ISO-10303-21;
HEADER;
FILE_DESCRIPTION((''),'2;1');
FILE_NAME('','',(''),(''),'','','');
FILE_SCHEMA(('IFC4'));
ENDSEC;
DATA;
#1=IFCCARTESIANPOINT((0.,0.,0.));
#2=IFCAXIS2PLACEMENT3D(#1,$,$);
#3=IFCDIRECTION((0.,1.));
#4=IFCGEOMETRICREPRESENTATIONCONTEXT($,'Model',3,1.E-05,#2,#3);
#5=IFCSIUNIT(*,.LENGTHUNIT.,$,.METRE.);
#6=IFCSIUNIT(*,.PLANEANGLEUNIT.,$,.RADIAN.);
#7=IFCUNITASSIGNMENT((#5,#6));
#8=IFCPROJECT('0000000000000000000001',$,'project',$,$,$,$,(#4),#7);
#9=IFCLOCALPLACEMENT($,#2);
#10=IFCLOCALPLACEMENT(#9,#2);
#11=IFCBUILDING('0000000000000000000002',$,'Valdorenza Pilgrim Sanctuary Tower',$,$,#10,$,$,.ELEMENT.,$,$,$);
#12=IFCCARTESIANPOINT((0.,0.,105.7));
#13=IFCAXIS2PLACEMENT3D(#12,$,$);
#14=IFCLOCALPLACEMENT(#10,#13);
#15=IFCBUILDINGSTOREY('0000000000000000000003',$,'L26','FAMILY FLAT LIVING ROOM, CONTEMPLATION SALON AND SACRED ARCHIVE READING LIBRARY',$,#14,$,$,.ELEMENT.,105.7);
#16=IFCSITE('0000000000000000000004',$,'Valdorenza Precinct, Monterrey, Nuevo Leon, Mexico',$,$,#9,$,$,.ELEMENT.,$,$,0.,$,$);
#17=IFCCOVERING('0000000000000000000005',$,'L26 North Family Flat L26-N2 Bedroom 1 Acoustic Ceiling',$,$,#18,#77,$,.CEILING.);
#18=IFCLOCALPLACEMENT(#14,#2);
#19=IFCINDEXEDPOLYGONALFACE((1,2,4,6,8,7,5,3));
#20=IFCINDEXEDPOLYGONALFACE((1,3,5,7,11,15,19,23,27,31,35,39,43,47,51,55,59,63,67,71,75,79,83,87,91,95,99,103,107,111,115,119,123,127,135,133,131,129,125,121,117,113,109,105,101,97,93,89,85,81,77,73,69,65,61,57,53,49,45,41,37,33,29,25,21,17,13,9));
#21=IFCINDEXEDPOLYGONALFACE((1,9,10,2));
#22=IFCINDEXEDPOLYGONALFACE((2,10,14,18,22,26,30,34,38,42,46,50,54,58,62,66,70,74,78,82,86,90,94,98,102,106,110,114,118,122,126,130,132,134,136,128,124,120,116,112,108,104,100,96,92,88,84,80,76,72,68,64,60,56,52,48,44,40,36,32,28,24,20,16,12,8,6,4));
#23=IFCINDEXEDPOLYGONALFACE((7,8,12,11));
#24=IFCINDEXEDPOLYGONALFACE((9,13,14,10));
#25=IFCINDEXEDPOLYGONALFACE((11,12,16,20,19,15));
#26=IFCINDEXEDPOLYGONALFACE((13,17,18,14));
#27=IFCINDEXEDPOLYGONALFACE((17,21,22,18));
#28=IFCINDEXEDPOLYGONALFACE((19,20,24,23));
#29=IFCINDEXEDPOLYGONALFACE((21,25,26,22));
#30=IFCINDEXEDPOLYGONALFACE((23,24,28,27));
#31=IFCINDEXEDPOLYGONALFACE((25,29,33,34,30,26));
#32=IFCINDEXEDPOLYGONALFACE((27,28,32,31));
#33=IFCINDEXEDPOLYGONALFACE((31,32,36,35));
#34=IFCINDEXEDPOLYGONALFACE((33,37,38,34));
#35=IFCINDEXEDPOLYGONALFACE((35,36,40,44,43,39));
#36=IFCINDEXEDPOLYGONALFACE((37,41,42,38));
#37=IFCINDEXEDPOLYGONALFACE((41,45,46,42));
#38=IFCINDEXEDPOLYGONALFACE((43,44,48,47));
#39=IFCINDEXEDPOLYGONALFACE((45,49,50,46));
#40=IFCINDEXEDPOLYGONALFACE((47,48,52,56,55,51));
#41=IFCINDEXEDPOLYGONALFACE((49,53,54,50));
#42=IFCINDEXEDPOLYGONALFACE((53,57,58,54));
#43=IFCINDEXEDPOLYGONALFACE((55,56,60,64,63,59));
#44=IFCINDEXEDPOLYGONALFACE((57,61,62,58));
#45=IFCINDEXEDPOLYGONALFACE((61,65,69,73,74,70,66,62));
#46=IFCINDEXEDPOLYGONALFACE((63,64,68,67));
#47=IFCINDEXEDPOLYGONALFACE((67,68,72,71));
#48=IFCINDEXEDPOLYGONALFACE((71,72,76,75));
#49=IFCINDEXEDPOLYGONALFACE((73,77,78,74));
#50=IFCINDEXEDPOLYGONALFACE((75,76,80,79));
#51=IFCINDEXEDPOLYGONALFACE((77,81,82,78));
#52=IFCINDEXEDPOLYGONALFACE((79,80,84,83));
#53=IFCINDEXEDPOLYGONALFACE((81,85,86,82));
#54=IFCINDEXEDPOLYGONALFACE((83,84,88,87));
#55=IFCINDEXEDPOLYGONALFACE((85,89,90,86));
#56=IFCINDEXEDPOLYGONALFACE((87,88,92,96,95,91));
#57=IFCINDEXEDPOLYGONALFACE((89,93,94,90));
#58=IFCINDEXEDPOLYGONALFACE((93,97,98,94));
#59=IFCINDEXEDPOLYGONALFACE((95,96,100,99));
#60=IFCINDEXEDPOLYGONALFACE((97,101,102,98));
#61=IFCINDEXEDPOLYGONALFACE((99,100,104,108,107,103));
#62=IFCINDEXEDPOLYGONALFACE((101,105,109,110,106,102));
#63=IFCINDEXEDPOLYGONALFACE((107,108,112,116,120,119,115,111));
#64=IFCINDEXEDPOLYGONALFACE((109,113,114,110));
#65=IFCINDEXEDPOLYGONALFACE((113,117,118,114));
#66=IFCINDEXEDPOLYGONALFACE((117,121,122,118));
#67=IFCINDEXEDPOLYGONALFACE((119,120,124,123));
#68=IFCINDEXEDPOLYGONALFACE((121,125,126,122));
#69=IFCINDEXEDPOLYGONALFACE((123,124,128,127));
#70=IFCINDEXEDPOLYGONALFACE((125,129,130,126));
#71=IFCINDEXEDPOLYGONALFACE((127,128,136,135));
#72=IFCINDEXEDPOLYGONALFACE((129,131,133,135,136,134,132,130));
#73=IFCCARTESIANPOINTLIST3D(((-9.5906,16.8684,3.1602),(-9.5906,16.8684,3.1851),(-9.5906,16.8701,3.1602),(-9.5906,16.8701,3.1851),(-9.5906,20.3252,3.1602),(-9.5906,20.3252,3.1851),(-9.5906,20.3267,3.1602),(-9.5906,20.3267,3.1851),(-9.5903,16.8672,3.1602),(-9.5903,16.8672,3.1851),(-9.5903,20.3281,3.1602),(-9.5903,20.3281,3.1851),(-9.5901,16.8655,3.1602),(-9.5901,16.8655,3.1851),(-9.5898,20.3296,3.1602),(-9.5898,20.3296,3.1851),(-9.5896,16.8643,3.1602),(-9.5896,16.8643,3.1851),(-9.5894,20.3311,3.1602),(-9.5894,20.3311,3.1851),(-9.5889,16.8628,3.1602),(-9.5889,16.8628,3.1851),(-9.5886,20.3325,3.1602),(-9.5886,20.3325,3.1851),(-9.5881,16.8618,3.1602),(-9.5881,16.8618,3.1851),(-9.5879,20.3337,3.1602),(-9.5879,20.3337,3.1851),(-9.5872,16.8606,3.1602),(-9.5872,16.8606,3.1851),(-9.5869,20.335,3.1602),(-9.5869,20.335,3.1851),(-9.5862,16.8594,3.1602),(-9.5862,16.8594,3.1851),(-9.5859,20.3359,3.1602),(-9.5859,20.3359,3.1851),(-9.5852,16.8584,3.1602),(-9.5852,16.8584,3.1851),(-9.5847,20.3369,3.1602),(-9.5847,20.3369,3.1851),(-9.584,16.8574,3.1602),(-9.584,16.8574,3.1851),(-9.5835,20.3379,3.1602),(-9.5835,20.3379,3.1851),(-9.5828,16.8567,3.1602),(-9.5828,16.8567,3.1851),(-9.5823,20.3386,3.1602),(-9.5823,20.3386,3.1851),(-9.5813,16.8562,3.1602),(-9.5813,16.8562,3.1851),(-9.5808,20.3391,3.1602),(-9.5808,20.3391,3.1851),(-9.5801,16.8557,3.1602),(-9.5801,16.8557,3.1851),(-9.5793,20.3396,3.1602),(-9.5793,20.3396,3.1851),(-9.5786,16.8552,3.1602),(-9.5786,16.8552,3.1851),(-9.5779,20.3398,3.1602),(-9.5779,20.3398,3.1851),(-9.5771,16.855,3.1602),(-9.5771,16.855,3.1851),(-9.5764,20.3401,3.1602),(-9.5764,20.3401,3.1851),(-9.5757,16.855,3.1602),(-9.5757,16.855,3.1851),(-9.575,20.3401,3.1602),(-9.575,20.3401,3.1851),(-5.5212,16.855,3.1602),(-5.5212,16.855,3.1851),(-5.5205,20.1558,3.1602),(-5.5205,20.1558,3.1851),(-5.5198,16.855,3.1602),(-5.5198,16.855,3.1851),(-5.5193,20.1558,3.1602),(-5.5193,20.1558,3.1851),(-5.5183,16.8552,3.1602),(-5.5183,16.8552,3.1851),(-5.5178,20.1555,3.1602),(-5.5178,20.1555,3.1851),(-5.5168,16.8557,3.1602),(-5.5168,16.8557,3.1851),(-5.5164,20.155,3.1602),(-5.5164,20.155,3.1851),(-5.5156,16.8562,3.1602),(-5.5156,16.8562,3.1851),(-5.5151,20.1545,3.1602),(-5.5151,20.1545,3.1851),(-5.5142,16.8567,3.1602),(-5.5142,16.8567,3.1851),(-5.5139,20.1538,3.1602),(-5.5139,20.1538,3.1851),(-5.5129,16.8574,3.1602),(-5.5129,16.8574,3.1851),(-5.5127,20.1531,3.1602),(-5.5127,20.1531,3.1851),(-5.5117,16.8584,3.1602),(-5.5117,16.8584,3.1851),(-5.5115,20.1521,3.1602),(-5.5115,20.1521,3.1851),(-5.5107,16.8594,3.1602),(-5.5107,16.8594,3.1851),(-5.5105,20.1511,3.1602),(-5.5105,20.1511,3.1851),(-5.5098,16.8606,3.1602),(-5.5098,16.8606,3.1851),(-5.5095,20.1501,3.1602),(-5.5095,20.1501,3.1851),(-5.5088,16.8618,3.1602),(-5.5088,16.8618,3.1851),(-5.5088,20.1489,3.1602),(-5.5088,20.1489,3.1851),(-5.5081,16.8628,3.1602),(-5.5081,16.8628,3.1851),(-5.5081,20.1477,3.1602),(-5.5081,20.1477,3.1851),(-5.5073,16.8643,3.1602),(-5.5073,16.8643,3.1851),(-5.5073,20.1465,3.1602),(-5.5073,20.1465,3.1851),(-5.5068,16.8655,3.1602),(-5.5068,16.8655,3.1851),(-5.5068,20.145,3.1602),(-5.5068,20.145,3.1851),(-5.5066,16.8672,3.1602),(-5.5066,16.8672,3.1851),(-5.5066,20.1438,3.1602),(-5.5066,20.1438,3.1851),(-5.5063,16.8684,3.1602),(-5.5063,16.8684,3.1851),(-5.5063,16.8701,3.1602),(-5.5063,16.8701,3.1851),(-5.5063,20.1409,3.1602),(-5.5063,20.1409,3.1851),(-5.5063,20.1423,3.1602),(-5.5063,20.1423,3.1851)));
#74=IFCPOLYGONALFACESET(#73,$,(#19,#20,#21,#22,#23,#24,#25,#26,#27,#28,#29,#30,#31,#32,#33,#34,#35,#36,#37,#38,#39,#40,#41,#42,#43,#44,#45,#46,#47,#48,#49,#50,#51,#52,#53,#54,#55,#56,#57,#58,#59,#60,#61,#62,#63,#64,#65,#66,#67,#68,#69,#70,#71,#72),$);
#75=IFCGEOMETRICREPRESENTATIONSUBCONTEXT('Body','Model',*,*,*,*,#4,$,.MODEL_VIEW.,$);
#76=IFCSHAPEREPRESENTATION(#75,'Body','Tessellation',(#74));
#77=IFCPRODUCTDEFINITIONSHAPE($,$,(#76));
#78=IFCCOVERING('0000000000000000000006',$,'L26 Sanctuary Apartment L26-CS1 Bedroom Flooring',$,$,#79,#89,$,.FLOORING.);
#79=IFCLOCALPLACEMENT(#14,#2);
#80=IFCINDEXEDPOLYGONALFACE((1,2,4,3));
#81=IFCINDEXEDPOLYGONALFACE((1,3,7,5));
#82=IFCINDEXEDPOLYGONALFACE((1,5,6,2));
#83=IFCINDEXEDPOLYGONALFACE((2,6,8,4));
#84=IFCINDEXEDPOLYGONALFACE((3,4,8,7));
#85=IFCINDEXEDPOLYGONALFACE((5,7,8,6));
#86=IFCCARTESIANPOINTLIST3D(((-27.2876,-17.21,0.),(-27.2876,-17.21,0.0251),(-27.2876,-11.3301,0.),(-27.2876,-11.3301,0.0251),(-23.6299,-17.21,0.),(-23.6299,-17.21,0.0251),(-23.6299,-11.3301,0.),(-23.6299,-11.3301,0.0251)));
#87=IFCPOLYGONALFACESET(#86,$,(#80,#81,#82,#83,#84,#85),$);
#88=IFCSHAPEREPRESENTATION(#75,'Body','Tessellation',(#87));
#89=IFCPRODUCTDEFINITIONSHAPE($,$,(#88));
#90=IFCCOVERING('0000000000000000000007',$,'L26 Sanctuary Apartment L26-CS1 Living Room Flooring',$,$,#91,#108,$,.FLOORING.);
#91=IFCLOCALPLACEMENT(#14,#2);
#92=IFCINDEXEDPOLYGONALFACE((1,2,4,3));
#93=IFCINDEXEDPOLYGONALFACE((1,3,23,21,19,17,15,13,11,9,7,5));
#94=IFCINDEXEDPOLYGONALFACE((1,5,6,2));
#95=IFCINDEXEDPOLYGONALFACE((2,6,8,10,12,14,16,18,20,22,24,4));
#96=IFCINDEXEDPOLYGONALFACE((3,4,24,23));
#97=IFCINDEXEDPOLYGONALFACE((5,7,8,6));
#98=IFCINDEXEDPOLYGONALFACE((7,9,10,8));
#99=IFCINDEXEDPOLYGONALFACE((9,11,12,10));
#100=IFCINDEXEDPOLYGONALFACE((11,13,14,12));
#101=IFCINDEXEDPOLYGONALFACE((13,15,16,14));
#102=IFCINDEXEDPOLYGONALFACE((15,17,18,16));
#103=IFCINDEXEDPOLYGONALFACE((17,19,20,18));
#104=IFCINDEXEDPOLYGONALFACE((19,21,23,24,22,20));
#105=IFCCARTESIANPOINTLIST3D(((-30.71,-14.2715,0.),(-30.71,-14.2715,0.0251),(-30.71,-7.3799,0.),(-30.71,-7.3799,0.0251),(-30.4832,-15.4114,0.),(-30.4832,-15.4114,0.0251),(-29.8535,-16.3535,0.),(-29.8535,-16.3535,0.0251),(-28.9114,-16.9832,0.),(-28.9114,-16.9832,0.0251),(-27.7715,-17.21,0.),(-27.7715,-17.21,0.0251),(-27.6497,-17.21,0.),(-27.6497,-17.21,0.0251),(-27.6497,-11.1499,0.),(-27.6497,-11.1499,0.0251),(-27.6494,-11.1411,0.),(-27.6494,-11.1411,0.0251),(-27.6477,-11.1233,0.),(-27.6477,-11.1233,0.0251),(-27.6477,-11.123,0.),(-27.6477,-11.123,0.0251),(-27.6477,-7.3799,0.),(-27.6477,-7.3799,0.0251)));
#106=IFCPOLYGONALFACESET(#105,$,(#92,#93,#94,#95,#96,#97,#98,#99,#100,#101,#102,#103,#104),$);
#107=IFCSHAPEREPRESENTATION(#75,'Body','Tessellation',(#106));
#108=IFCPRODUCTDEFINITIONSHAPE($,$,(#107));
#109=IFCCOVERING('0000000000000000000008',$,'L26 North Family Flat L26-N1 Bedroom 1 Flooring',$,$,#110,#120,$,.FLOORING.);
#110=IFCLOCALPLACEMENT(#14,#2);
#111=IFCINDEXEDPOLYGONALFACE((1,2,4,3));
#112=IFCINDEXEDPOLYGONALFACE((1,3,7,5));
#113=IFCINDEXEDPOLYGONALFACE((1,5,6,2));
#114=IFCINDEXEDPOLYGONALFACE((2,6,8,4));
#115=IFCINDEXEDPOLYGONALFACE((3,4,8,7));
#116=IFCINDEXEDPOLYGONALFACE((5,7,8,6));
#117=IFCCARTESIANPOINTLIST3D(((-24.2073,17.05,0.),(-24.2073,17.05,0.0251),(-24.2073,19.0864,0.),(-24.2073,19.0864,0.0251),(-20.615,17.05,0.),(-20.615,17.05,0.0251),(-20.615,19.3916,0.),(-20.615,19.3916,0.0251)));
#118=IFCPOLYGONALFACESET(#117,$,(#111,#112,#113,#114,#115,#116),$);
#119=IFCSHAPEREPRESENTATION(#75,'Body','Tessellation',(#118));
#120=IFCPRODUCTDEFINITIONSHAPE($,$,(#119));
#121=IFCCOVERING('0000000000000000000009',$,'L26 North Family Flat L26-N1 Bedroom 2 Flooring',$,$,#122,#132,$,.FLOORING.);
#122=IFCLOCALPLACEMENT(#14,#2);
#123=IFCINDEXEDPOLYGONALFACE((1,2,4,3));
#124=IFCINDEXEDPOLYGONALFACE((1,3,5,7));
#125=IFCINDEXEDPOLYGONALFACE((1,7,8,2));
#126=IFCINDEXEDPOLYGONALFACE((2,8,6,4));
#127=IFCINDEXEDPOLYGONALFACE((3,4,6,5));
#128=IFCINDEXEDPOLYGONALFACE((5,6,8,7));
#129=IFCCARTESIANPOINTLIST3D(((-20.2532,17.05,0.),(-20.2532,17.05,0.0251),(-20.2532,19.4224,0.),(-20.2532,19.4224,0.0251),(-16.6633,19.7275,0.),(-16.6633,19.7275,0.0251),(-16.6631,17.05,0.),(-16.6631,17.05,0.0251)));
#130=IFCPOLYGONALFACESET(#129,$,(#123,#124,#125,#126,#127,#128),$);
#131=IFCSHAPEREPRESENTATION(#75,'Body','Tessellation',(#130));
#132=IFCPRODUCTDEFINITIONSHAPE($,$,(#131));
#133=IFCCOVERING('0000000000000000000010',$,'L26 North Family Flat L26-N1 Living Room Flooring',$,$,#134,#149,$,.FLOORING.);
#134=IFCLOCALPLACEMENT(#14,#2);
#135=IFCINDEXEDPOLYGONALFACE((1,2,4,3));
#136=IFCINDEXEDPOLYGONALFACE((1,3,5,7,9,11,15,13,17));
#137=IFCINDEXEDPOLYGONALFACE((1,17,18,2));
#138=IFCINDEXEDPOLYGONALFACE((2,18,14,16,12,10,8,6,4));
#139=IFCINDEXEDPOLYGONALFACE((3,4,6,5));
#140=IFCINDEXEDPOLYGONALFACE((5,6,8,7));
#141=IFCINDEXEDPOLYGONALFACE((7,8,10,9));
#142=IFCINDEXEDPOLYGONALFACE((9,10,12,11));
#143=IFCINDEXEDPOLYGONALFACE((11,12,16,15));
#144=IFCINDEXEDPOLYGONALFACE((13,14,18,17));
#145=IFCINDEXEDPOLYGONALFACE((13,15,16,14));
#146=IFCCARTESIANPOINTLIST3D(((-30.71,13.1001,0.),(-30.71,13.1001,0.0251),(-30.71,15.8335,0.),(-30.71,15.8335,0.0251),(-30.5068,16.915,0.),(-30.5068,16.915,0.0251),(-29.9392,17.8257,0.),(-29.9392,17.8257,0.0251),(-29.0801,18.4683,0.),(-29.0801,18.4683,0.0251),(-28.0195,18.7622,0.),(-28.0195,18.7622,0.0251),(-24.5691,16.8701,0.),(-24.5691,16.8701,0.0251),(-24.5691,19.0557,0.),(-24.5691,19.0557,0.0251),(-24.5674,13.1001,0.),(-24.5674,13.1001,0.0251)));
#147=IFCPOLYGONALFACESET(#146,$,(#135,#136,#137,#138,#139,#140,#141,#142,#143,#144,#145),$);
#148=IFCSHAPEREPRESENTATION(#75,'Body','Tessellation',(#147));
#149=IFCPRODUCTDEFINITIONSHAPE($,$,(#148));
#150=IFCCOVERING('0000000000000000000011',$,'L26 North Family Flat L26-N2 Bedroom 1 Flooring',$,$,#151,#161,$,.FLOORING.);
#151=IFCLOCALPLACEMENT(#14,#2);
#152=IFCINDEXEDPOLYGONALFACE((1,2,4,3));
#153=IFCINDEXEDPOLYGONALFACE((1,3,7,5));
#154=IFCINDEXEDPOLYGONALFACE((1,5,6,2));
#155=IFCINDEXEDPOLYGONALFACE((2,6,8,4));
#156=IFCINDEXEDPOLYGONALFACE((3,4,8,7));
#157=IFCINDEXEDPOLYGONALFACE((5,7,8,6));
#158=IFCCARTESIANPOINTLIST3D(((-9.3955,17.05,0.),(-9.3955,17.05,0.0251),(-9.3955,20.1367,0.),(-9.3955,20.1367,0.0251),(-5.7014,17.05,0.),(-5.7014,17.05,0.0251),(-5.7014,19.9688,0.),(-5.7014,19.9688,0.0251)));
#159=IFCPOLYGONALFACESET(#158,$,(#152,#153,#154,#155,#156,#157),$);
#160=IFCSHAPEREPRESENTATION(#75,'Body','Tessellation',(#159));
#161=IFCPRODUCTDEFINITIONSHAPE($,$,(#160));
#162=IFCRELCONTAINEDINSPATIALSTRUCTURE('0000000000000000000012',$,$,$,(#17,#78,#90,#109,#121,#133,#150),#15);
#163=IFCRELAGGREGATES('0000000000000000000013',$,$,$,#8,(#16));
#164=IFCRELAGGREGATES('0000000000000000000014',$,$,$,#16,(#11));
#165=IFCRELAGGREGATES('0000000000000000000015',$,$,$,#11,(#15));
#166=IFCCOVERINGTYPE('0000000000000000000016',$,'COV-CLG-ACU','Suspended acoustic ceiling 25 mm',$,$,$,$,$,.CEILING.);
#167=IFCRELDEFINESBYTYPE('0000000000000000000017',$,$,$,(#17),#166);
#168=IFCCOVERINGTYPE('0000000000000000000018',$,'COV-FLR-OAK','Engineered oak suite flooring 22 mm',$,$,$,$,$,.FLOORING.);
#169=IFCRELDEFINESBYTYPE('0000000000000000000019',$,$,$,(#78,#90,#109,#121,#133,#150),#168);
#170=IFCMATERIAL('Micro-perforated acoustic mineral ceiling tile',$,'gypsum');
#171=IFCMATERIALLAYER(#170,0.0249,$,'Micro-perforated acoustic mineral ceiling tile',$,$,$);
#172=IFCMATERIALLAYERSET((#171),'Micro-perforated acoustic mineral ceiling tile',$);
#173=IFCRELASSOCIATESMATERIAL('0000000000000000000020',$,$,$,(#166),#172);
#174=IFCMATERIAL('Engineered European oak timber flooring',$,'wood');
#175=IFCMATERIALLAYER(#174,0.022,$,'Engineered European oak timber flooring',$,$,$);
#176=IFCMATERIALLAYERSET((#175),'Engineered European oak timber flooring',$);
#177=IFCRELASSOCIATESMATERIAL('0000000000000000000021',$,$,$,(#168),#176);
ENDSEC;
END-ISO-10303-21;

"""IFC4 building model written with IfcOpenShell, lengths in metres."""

from ifc_helpers import new_model, si_unit, direction, frame, origin, place, context, subcontext, project, spatial, polyline, outline, extrude, material, layer, layer_set, type_object, element, save


model = new_model("IFC4")

# Units and contexts
model_context = context("Model", 3, precision=1e-05, world=origin(), true_north=direction((0.0, 1.0)))
body_context = subcontext(model_context, "Body", "Model", "MODEL_VIEW")
ifc_project = project(units=[si_unit("LENGTHUNIT", "METRE"), si_unit("PLANEANGLEUNIT", "RADIAN")], contexts=[model_context])

# Site, building, storey
site_placement = place(None, origin())
site = spatial("IfcSite", under=ifc_project, at=site_placement, Name="Valdorenza Precinct, Monterrey, Nuevo Leon, Mexico", CompositionType="ELEMENT", RefElevation=0.0)
building_placement = place(site_placement, origin())
building = spatial("IfcBuilding", under=site, at=building_placement, Name="Valdorenza Pilgrim Sanctuary Tower", CompositionType="ELEMENT")
storey_placement = place(building_placement, frame((0.0, 0.0, 105.7)))
storey = spatial("IfcBuildingStorey", under=building, at=storey_placement, Name="L26", Description="FAMILY FLAT LIVING ROOM, CONTEMPLATION SALON AND SACRED ARCHIVE READING LIBRARY", CompositionType="ELEMENT", Elevation=105.7)

# Coverings
ifc_material_1 = material(Name="Micro-perforated acoustic mineral ceiling tile", Category="gypsum")
ifc_layer_1 = layer(ifc_material_1, 0.0249, Name="Micro-perforated acoustic mineral ceiling tile")
ifc_layer_set_1 = layer_set([ifc_layer_1], Name="Micro-perforated acoustic mineral ceiling tile")
covering_type_1 = type_object("IfcCoveringType", Name="COV-CLG-ACU", Description="Suspended acoustic ceiling 25 mm", PredefinedType="CEILING", material=ifc_layer_set_1)
covering_1_placement = place(storey_placement, frame((0.0, 0.0, 3.1602)))
element("IfcCovering", 1, at=covering_1_placement, inside=storey, type_object=covering_type_1, Name="L26 North Family Flat L26-N2 Bedroom 1 Acoustic Ceiling", PredefinedType="CEILING", context=body_context, shape_type="SweptSolid", body=[
    extrude(outline(polyline([(-9.5757, 16.855), (-9.5771, 16.855), (-9.5786, 16.8552), (-9.5801, 16.8557), (-9.5813, 16.8562), (-9.5828, 16.8567), (-9.584, 16.8574), (-9.5852, 16.8584), (-9.5862, 16.8594), (-9.5872, 16.8606), (-9.5881, 16.8618), (-9.5889, 16.8628), (-9.5896, 16.8643), (-9.5901, 16.8655), (-9.5903, 16.8672), (-9.5906, 16.8684), (-9.5906, 16.8701), (-9.5906, 20.3252), (-9.5906, 20.3267), (-9.5903, 20.3281), (-9.5898, 20.3296), (-9.5894, 20.3311), (-9.5886, 20.3325), (-9.5879, 20.3337), (-9.5869, 20.335), (-9.5859, 20.3359), (-9.5847, 20.3369), (-9.5835, 20.3379), (-9.5823, 20.3386), (-9.5808, 20.3391), (-9.5793, 20.3396), (-9.5779, 20.3398), (-9.5764, 20.3401), (-9.575, 20.3401), (-5.5205, 20.1558), (-5.5193, 20.1558), (-5.5178, 20.1555), (-5.5164, 20.155), (-5.5151, 20.1545), (-5.5139, 20.1538), (-5.5127, 20.1531), (-5.5115, 20.1521), (-5.5105, 20.1511), (-5.5095, 20.1501), (-5.5088, 20.1489), (-5.5081, 20.1477), (-5.5073, 20.1465), (-5.5068, 20.145), (-5.5066, 20.1438), (-5.5063, 20.1423), (-5.5063, 20.1409), (-5.5063, 16.8701), (-5.5063, 16.8684), (-5.5066, 16.8672), (-5.5068, 16.8655), (-5.5073, 16.8643), (-5.5081, 16.8628), (-5.5088, 16.8618), (-5.5098, 16.8606), (-5.5107, 16.8594), (-5.5117, 16.8584), (-5.5129, 16.8574), (-5.5142, 16.8567), (-5.5156, 16.8562), (-5.5168, 16.8557), (-5.5183, 16.8552), (-5.5198, 16.855), (-5.5212, 16.855), (-9.5757, 16.855)])), origin(), (0.0, 0.0, 1.0), 0.0249),
])
ifc_material_2 = material(Name="Engineered European oak timber flooring", Category="wood")
ifc_layer_2 = layer(ifc_material_2, 0.022, Name="Engineered European oak timber flooring")
ifc_layer_set_2 = layer_set([ifc_layer_2], Name="Engineered European oak timber flooring")
covering_type_2 = type_object("IfcCoveringType", Name="COV-FLR-OAK", Description="Engineered oak suite flooring 22 mm", PredefinedType="FLOORING", material=ifc_layer_set_2)
covering_2_placement = place(storey_placement, origin())
element("IfcCovering", 2, at=covering_2_placement, inside=storey, type_object=covering_type_2, Name="L26 Sanctuary Apartment L26-CS1 Bedroom Flooring", PredefinedType="FLOORING", context=body_context, shape_type="SweptSolid", body=[
    extrude(outline(polyline([(-27.2876, -11.3301), (-23.6299, -11.3301), (-23.6299, -17.21), (-27.2876, -17.21), (-27.2876, -11.3301)])), origin(), (0.0, 0.0, 1.0), 0.0251),
])
covering_3_placement = place(storey_placement, origin())
element("IfcCovering", 3, at=covering_3_placement, inside=storey, type_object=covering_type_2, Name="L26 Sanctuary Apartment L26-CS1 Living Room Flooring", PredefinedType="FLOORING", context=body_context, shape_type="SweptSolid", body=[
    extrude(outline(polyline([(-28.9114, -16.9832), (-29.8535, -16.3535), (-30.4832, -15.4114), (-30.71, -14.2715), (-30.71, -7.3799), (-27.6477, -7.3799), (-27.6477, -11.123), (-27.6477, -11.1233), (-27.6477, -11.1233), (-27.6494, -11.1411), (-27.6494, -11.1411), (-27.6497, -11.1499), (-27.6497, -17.21), (-27.7715, -17.21), (-28.9114, -16.9832)])), origin(), (0.0, 0.0, 1.0), 0.0251),
])
covering_4_placement = place(storey_placement, origin())
element("IfcCovering", 4, at=covering_4_placement, inside=storey, type_object=covering_type_2, Name="L26 North Family Flat L26-N1 Bedroom 1 Flooring", PredefinedType="FLOORING", context=body_context, shape_type="SweptSolid", body=[
    extrude(outline(polyline([(-24.2073, 17.05), (-24.2073, 19.0864), (-20.615, 19.3916), (-20.615, 17.05), (-24.2073, 17.05)])), origin(), (0.0, 0.0, 1.0), 0.0251),
])
covering_5_placement = place(storey_placement, origin())
element("IfcCovering", 5, at=covering_5_placement, inside=storey, type_object=covering_type_2, Name="L26 North Family Flat L26-N1 Bedroom 2 Flooring", PredefinedType="FLOORING", context=body_context, shape_type="SweptSolid", body=[
    extrude(outline(polyline([(-16.6631, 17.05), (-20.2532, 17.05), (-20.2532, 19.4224), (-16.6633, 19.7275), (-16.6631, 17.05)])), origin(), (0.0, 0.0, 1.0), 0.0251),
])
covering_6_placement = place(storey_placement, origin())
element("IfcCovering", 6, at=covering_6_placement, inside=storey, type_object=covering_type_2, Name="L26 North Family Flat L26-N1 Living Room Flooring", PredefinedType="FLOORING", context=body_context, shape_type="SweptSolid", body=[
    extrude(outline(polyline([(-30.71, 13.1001), (-30.71, 15.8335), (-30.5068, 16.915), (-29.9392, 17.8257), (-29.0801, 18.4683), (-28.0195, 18.7622), (-24.5691, 19.0557), (-24.5691, 16.8701), (-24.5674, 13.1001), (-30.71, 13.1001)])), origin(), (0.0, 0.0, 1.0), 0.0251),
])
covering_7_placement = place(storey_placement, origin())
element("IfcCovering", 7, at=covering_7_placement, inside=storey, type_object=covering_type_2, Name="L26 North Family Flat L26-N2 Bedroom 1 Flooring", PredefinedType="FLOORING", context=body_context, shape_type="SweptSolid", body=[
    extrude(outline(polyline([(-9.3955, 17.05), (-9.3955, 20.1367), (-5.7014, 19.9688), (-5.7014, 17.05), (-9.3955, 17.05)])), origin(), (0.0, 0.0, 1.0), 0.0251),
])

save(model, "model.ifc")
